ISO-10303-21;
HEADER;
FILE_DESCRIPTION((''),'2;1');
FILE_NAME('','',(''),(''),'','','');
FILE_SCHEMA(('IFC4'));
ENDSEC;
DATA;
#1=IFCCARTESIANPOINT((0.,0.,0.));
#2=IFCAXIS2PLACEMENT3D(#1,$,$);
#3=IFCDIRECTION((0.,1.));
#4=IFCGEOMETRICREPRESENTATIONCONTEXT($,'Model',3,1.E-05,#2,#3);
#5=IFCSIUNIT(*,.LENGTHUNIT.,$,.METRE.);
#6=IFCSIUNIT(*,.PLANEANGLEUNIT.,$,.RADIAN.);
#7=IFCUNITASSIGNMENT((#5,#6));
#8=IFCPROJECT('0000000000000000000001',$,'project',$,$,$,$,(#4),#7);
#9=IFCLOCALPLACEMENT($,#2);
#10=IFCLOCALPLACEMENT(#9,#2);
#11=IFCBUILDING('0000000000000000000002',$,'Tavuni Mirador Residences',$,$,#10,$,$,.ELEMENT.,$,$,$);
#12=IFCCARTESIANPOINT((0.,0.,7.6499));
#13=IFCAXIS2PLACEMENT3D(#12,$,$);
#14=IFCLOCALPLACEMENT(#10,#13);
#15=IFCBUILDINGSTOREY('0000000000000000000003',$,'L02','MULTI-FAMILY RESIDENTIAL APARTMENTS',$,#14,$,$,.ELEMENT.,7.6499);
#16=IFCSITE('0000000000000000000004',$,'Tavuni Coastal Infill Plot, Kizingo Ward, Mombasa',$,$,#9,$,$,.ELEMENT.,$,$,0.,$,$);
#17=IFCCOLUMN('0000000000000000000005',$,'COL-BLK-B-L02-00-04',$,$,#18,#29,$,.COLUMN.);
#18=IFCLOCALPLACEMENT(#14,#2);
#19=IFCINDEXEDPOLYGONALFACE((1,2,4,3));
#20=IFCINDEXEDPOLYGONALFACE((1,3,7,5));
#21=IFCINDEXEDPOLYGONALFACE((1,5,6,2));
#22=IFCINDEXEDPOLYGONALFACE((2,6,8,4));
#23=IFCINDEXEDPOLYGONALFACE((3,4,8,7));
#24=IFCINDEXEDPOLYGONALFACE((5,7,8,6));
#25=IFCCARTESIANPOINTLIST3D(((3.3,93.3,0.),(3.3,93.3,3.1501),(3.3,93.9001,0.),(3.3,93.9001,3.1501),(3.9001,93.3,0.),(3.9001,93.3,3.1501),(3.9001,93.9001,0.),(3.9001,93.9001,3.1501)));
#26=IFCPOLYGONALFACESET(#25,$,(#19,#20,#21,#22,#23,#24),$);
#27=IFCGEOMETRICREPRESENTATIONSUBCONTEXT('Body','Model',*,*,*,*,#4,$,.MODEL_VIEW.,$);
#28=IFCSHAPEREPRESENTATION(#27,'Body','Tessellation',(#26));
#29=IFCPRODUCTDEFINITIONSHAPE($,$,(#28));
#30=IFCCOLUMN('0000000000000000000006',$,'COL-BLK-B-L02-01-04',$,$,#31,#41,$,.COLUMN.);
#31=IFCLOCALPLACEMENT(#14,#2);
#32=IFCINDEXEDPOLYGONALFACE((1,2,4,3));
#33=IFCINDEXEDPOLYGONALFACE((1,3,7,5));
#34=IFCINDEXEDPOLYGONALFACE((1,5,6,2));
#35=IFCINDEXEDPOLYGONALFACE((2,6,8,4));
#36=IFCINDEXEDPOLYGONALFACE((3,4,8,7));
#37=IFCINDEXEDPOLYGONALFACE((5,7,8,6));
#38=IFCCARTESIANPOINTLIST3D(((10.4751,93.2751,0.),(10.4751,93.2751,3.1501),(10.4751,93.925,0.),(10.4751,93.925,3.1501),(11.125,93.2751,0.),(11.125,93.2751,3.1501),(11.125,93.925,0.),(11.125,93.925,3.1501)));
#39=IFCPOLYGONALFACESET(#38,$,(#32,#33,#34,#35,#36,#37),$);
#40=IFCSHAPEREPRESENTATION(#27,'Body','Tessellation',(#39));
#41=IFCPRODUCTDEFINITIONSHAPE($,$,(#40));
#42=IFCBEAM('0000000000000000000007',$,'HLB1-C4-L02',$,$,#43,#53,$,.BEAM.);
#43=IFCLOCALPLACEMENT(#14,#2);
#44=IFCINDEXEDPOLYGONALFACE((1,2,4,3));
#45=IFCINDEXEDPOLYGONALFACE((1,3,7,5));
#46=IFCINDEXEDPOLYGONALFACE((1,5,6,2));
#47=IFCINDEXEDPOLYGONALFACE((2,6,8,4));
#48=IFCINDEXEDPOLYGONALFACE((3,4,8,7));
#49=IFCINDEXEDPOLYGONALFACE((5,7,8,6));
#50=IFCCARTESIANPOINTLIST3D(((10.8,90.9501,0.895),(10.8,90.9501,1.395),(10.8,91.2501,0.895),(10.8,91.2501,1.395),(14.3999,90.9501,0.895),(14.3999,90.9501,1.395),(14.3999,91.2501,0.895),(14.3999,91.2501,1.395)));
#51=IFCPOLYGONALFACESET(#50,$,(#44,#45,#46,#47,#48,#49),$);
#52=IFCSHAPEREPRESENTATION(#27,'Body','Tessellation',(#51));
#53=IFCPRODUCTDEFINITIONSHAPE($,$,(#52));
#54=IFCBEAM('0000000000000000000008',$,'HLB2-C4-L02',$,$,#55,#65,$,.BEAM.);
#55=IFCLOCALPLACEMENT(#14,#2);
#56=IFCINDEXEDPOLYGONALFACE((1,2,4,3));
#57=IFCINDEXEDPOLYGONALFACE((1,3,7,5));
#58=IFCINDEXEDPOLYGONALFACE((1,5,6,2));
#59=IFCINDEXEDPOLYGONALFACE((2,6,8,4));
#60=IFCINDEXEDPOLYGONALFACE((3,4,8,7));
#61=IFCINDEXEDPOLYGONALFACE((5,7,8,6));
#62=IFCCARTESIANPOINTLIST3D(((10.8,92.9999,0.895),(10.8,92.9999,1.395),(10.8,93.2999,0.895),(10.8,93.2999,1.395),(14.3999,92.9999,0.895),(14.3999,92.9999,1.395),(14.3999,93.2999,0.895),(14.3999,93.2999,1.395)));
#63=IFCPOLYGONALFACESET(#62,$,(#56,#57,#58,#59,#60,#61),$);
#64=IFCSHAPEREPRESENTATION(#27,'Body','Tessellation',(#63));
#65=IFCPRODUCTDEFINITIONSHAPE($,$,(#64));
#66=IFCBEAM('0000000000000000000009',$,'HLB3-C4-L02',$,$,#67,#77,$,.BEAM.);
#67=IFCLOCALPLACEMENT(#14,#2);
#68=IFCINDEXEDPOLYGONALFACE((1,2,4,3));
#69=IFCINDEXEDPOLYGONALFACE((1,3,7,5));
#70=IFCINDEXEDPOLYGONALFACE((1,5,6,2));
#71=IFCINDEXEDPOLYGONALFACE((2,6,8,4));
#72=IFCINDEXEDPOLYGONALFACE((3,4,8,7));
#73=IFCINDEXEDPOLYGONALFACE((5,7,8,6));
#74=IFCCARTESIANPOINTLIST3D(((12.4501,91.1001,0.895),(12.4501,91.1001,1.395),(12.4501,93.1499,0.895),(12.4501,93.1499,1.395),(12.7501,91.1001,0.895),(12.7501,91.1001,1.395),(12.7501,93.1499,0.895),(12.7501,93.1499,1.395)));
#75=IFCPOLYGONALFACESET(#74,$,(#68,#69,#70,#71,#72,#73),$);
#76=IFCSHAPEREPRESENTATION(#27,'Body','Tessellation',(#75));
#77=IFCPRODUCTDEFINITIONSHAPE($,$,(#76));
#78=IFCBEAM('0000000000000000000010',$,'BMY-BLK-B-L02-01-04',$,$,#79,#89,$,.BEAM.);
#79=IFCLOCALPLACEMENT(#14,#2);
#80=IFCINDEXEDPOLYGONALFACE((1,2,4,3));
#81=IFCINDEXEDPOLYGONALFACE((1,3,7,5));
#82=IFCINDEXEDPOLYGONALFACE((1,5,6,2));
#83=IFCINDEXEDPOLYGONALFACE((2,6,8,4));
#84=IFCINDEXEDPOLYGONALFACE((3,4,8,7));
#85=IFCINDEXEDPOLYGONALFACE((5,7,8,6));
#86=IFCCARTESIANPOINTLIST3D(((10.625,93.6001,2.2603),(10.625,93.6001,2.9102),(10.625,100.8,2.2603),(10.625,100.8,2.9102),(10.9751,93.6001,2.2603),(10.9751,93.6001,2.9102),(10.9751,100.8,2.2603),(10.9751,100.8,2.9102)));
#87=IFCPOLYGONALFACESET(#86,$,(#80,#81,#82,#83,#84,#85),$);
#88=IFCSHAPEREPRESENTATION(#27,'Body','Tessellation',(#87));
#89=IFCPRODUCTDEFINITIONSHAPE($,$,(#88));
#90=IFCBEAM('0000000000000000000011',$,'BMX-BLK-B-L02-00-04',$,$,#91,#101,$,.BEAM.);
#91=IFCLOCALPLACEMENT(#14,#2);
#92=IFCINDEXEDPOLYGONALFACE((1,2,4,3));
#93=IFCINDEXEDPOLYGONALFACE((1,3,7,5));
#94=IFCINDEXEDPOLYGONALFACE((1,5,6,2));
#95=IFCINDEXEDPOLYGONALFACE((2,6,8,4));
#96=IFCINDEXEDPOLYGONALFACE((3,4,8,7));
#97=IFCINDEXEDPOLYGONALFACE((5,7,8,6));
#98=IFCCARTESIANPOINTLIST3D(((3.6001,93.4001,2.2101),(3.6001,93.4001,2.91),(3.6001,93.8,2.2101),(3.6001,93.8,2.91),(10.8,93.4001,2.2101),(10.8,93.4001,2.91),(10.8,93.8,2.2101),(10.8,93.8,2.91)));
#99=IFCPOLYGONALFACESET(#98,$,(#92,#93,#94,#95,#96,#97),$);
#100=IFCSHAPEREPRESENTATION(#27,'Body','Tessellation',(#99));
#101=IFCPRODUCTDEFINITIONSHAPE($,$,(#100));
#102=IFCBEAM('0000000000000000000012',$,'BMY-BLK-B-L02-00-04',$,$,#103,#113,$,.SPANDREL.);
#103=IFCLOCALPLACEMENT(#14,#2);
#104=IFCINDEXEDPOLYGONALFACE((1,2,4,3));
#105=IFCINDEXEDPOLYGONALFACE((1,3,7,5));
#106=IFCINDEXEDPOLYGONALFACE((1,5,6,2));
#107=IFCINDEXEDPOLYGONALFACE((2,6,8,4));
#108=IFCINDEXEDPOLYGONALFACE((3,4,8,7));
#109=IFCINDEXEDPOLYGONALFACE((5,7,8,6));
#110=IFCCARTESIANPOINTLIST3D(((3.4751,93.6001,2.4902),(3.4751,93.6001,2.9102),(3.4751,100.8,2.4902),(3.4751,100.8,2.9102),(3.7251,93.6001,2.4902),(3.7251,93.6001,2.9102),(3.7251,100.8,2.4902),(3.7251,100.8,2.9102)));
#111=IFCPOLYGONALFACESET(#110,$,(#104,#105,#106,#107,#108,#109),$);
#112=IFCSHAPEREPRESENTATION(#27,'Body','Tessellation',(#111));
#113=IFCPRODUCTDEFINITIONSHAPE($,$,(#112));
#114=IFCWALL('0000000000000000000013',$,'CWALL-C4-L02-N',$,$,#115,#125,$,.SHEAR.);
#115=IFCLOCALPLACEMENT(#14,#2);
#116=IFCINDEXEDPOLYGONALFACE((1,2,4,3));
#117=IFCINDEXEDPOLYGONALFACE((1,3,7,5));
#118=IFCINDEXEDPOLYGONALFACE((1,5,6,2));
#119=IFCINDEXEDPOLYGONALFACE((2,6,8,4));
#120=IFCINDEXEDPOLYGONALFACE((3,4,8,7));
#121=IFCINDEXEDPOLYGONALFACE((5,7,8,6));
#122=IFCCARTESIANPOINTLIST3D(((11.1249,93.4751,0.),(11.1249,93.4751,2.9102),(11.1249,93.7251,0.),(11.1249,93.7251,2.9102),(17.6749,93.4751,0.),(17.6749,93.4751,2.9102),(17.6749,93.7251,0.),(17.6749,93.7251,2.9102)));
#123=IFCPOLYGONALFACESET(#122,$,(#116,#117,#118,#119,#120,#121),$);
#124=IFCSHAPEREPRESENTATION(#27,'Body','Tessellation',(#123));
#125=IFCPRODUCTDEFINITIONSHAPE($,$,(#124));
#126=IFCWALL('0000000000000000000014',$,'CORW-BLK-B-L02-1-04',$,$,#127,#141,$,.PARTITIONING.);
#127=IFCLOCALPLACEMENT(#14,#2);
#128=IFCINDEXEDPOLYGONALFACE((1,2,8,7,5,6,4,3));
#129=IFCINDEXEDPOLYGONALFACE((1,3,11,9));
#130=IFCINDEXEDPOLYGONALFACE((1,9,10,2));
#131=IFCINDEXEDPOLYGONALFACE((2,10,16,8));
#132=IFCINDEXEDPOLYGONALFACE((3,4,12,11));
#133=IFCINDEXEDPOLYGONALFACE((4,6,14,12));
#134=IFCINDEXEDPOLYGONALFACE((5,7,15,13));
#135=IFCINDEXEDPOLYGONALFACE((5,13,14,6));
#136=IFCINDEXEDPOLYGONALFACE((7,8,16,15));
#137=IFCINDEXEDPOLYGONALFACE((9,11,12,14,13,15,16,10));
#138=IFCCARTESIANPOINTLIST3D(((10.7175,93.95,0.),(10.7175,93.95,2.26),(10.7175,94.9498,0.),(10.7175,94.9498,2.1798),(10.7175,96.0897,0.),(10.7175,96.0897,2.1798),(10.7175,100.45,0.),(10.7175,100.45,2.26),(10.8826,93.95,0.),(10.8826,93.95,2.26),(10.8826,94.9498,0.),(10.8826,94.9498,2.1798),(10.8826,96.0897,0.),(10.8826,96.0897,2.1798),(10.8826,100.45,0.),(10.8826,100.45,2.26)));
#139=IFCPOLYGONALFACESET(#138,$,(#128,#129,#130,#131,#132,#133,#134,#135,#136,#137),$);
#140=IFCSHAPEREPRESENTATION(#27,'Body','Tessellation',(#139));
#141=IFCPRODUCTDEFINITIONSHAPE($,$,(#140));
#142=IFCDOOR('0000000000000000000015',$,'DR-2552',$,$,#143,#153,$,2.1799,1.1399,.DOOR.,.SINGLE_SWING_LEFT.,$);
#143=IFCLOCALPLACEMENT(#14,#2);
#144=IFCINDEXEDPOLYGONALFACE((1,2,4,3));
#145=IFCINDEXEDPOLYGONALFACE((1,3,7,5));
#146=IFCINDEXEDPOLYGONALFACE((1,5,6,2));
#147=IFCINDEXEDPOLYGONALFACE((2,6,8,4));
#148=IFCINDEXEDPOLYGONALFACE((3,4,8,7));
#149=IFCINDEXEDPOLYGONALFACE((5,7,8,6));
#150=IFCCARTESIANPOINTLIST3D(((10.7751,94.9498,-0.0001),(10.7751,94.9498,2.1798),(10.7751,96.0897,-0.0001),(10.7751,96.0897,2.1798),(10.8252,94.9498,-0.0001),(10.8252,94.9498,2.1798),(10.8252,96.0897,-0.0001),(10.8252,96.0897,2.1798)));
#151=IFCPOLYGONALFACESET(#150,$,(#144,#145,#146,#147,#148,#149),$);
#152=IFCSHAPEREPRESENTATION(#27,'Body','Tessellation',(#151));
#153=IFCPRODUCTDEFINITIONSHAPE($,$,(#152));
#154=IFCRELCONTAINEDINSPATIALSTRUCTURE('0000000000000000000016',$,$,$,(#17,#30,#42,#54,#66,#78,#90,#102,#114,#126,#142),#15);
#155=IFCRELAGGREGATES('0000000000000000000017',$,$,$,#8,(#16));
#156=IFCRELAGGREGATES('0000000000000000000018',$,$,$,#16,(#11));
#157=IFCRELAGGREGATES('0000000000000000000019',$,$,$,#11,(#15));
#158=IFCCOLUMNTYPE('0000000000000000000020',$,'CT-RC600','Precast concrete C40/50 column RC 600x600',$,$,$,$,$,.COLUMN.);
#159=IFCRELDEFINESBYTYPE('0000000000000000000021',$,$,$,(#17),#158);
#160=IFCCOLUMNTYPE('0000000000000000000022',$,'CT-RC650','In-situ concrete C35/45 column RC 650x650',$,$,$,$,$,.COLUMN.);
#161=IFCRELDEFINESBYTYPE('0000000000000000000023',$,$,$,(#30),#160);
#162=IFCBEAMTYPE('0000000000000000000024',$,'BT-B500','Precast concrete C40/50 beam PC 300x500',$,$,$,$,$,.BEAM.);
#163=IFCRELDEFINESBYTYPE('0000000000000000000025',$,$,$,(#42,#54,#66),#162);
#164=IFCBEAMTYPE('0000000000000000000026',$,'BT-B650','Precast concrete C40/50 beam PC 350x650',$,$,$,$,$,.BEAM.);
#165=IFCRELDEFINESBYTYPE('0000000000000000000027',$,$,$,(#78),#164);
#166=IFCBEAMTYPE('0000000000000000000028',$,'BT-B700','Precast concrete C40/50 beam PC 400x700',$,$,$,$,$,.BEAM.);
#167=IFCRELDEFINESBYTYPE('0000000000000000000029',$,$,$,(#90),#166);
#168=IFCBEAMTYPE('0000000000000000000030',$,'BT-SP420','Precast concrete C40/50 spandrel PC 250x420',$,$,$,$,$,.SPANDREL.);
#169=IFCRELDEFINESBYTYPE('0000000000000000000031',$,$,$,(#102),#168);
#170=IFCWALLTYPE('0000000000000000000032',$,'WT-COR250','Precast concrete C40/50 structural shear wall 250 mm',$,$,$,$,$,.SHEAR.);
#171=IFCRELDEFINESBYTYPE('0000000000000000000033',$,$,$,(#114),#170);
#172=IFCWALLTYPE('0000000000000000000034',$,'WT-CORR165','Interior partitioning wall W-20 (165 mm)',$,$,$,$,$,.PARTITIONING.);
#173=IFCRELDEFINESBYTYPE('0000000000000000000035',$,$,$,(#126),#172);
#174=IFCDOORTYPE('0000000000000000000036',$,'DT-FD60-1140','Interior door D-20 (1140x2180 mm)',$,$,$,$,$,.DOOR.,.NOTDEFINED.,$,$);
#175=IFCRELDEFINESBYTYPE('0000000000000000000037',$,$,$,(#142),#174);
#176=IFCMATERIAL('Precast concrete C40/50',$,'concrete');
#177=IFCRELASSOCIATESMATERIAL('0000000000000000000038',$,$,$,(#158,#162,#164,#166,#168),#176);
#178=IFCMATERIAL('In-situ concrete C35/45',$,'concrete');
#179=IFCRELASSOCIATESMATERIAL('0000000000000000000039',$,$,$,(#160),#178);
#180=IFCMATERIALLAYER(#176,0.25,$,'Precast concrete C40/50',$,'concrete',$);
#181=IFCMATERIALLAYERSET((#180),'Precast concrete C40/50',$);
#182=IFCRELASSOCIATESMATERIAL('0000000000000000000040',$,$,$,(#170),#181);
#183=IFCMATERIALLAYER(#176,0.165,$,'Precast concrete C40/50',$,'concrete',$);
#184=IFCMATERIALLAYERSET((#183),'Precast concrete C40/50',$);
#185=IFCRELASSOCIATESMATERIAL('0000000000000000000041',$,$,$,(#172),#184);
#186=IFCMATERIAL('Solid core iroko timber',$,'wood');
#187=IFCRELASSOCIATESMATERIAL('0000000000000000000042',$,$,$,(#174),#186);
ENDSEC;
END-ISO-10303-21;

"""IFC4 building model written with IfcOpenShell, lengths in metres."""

from ifc_helpers import new_model, si_unit, direction, frame, frame_2d, origin, origin_2d, place, context, subcontext, project, spatial, rectangle, extrude, material, layer, layer_set, material_profile, profile_set, type_object, element, fill, save


model = new_model("IFC4")

# Units and contexts
model_context = context("Model", 3, precision=1e-05, world=origin(), true_north=direction((0.0, 1.0)))
body_context = subcontext(model_context, "Body", "Model", "MODEL_VIEW")
ifc_project = project(units=[si_unit("LENGTHUNIT", "METRE"), si_unit("PLANEANGLEUNIT", "RADIAN")], contexts=[model_context])

# Site, building, storey
site_placement = place(None, origin())
site = spatial("IfcSite", under=ifc_project, at=site_placement, Name="Tavuni Coastal Infill Plot, Kizingo Ward, Mombasa", CompositionType="ELEMENT", RefElevation=0.0)
building_placement = place(site_placement, origin())
building = spatial("IfcBuilding", under=site, at=building_placement, Name="Tavuni Mirador Residences", CompositionType="ELEMENT")
storey_placement = place(building_placement, frame((0.0, 0.0, 7.6499)))
storey = spatial("IfcBuildingStorey", under=building, at=storey_placement, Name="L02", Description="MULTI-FAMILY RESIDENTIAL APARTMENTS", CompositionType="ELEMENT", Elevation=7.6499)

# Columns
ifc_material_1 = material(Name="Precast concrete C40/50", Category="concrete")
ifc_material_profile_1 = material_profile(ifc_material_1, rectangle(XDim=0.6001, YDim=0.6001, at=origin_2d()), Name="RC 600x600", Category="concrete")
ifc_profile_set_1 = profile_set([ifc_material_profile_1], Name="Precast concrete C40/50")
column_type_1 = type_object("IfcColumnType", Name="CT-RC600", Description="Precast concrete C40/50 column RC 600x600", PredefinedType="COLUMN", material=ifc_profile_set_1)
column_1_placement = place(storey_placement, frame((3.6001, 93.6001, 0.0), z_axis=(0.0, 0.0, 1.0), x_axis=(1.0, 0.0, 0.0)))
element("IfcColumn", 1, at=column_1_placement, inside=storey, type_object=column_type_1, Name="COL-BLK-B-L02-00-04", PredefinedType="COLUMN", context=body_context, shape_type="SweptSolid", body=[
    extrude(rectangle(XDim=0.6001, YDim=0.6001, at=origin_2d()), origin(), (0.0, 0.0, 1.0), 3.1501),
])
ifc_material_2 = material(Name="In-situ concrete C35/45", Category="concrete")
ifc_material_profile_2 = material_profile(ifc_material_2, rectangle(XDim=0.6499, YDim=0.6499, at=origin_2d()), Name="RC 650x650", Category="concrete")
ifc_profile_set_2 = profile_set([ifc_material_profile_2], Name="In-situ concrete C35/45")
column_type_2 = type_object("IfcColumnType", Name="CT-RC650", Description="In-situ concrete C35/45 column RC 650x650", PredefinedType="COLUMN", material=ifc_profile_set_2)
column_2_placement = place(storey_placement, frame((10.8, 93.6001, 0.0), z_axis=(0.0, 0.0, 1.0), x_axis=(1.0, 0.0, 0.0)))
element("IfcColumn", 2, at=column_2_placement, inside=storey, type_object=column_type_2, Name="COL-BLK-B-L02-01-04", PredefinedType="COLUMN", context=body_context, shape_type="SweptSolid", body=[
    extrude(rectangle(XDim=0.6499, YDim=0.6499, at=origin_2d()), origin(), (0.0, 0.0, 1.0), 3.1501),
])

# Beams
ifc_material_profile_3 = material_profile(ifc_material_1, rectangle(XDim=0.3, YDim=0.5, at=origin_2d()), Name="PC 300x500", Category="concrete")
ifc_profile_set_3 = profile_set([ifc_material_profile_3], Name="Precast concrete C40/50")
beam_type_1 = type_object("IfcBeamType", Name="BT-B500", Description="Precast concrete C40/50 beam PC 300x500", PredefinedType="BEAM", material=ifc_profile_set_3)
for number, where, z_axis, x_axis, name in (
    (3, (10.8, 91.1001, 1.145), (1.0, 0.0, 0.0), (0.0, 1.0, 0.0), "HLB1-C4-L02"),
    (4, (10.8, 93.1499, 1.145), (1.0, 0.0, 0.0), (0.0, 1.0, 0.0), "HLB2-C4-L02"),
):
    element("IfcBeam", number, at=place(storey_placement, frame(where, z_axis=z_axis, x_axis=x_axis)), inside=storey, type_object=beam_type_1, Name=name, PredefinedType="BEAM", context=body_context, shape_type="SweptSolid", body=[
        extrude(rectangle(XDim=0.3, YDim=0.5, at=origin_2d()), origin(), (0.0, 0.0, 1.0), 3.5999),
    ])
beam_1_placement = place(storey_placement, frame((12.6001, 91.1001, 1.145), z_axis=(0.0, 1.0, 0.0), x_axis=(-1.0, 0.0, 0.0)))
element("IfcBeam", 5, at=beam_1_placement, inside=storey, type_object=beam_type_1, Name="HLB3-C4-L02", PredefinedType="BEAM", context=body_context, shape_type="SweptSolid", body=[
    extrude(rectangle(XDim=0.3, YDim=0.5, at=origin_2d()), origin(), (0.0, 0.0, 1.0), 2.0498),
])
ifc_material_profile_4 = material_profile(ifc_material_1, rectangle(XDim=0.3501, YDim=0.6499, at=origin_2d()), Name="PC 350x650", Category="concrete")
ifc_profile_set_4 = profile_set([ifc_material_profile_4], Name="Precast concrete C40/50")
beam_type_2 = type_object("IfcBeamType", Name="BT-B650", Description="Precast concrete C40/50 beam PC 350x650", PredefinedType="BEAM", material=ifc_profile_set_4)
beam_2_placement = place(storey_placement, frame((10.8, 93.6001, 2.5852), z_axis=(0.0, 1.0, 0.0), x_axis=(-1.0, 0.0, 0.0)))
element("IfcBeam", 6, at=beam_2_placement, inside=storey, type_object=beam_type_2, Name="BMY-BLK-B-L02-01-04", PredefinedType="BEAM", context=body_context, shape_type="SweptSolid", body=[
    extrude(rectangle(XDim=0.3501, YDim=0.6499, at=origin_2d()), origin(), (0.0, 0.0, 1.0), 7.2),
])
ifc_material_profile_5 = material_profile(ifc_material_1, rectangle(XDim=0.3999, YDim=0.7, at=origin_2d()), Name="PC 400x700", Category="concrete")
ifc_profile_set_5 = profile_set([ifc_material_profile_5], Name="Precast concrete C40/50")
beam_type_3 = type_object("IfcBeamType", Name="BT-B700", Description="Precast concrete C40/50 beam PC 400x700", PredefinedType="BEAM", material=ifc_profile_set_5)
beam_3_placement = place(storey_placement, frame((3.6001, 93.6001, 2.5601), z_axis=(1.0, 0.0, 0.0), x_axis=(0.0, 1.0, 0.0)))
element("IfcBeam", 7, at=beam_3_placement, inside=storey, type_object=beam_type_3, Name="BMX-BLK-B-L02-00-04", PredefinedType="BEAM", context=body_context, shape_type="SweptSolid", body=[
    extrude(rectangle(XDim=0.3999, YDim=0.7, at=origin_2d()), origin(), (0.0, 0.0, 1.0), 7.2),
])
ifc_material_profile_6 = material_profile(ifc_material_1, rectangle(XDim=0.25, YDim=0.4199, at=origin_2d()), Name="PC 250x420", Category="concrete")
ifc_profile_set_6 = profile_set([ifc_material_profile_6], Name="Precast concrete C40/50")
beam_type_4 = type_object("IfcBeamType", Name="BT-SP420", Description="Precast concrete C40/50 spandrel PC 250x420", PredefinedType="SPANDREL", material=ifc_profile_set_6)
beam_4_placement = place(storey_placement, frame((3.6001, 93.6001, 2.7002), z_axis=(0.0, 1.0, 0.0), x_axis=(-1.0, 0.0, 0.0)))
element("IfcBeam", 8, at=beam_4_placement, inside=storey, type_object=beam_type_4, Name="BMY-BLK-B-L02-00-04", PredefinedType="SPANDREL", context=body_context, shape_type="SweptSolid", body=[
    extrude(rectangle(XDim=0.25, YDim=0.4199, at=origin_2d()), origin(), (0.0, 0.0, 1.0), 7.2),
])

# Wall
ifc_layer_1 = layer(ifc_material_1, 0.25, Name="Precast concrete C40/50", Category="concrete")
ifc_layer_set_1 = layer_set([ifc_layer_1], Name="Precast concrete C40/50")
wall_type_1 = type_object("IfcWallType", Name="WT-COR250", Description="Precast concrete C40/50 structural shear wall 250 mm", PredefinedType="SHEAR", material=ifc_layer_set_1)
wall_1_placement = place(storey_placement, frame((11.125, 93.6001, 0.0), z_axis=(0.0, 0.0, 1.0), x_axis=(1.0, 0.0, 0.0)))
element("IfcWall", 9, at=wall_1_placement, inside=storey, type_object=wall_type_1, Name="CWALL-C4-L02-N", PredefinedType="SHEAR", context=body_context, shape_type="SweptSolid", body=[
    extrude(rectangle(XDim=6.55, YDim=0.25, at=frame_2d((3.2749, 0.0))), origin(), (0.0, 0.0, 1.0), 2.9102),
])

# Wall, opening, door
ifc_layer_2 = layer(ifc_material_1, 0.165, Name="Precast concrete C40/50", Category="concrete")
ifc_layer_set_2 = layer_set([ifc_layer_2], Name="Precast concrete C40/50")
wall_type_2 = type_object("IfcWallType", Name="WT-CORR165", Description="Interior partitioning wall W-20 (165 mm)", PredefinedType="PARTITIONING", material=ifc_layer_set_2)
wall_2_placement = place(storey_placement, frame((10.8, 93.95, 0.0), z_axis=(0.0, 0.0, 1.0), x_axis=(0.0, 1.0, 0.0)))
wall_2 = element("IfcWall", 10, at=wall_2_placement, inside=storey, type_object=wall_type_2, Name="CORW-BLK-B-L02-1-04", PredefinedType="PARTITIONING", context=body_context, shape_type="SweptSolid", body=[
    extrude(rectangle(XDim=6.5, YDim=0.165, at=frame_2d((3.25, 0.0))), origin(), (0.0, 0.0, 1.0), 2.26),
])
opening_1_placement = place(wall_2_placement, frame((1.0, 0.0, 0.0)))
opening_1 = element("IfcOpeningElement", 11, at=opening_1_placement, cuts=wall_2, PredefinedType="OPENING", context=body_context, shape_type="SweptSolid", body=[
    extrude(rectangle(XDim=1.1399, YDim=2.1799, at=frame_2d((0.5698, 1.0898))), frame((0.0, 0.0925, 0.0), z_axis=(0.0, -1.0, 0.0), x_axis=(1.0, 0.0, 0.0)), (0.0, 0.0, 1.0), 0.1851),
])
ifc_material_3 = material(Name="Solid core iroko timber", Category="wood")
door_type_1 = type_object("IfcDoorType", Name="DT-FD60-1140", Description="Interior door D-20 (1140x2180 mm)", OperationType="NOTDEFINED", PredefinedType="DOOR", material=ifc_material_3)
door_1_placement = place(opening_1_placement, origin())
door_1 = element("IfcDoor", 12, at=door_1_placement, inside=storey, type_object=door_type_1, Name="DR-2552", OperationType="SINGLE_SWING_LEFT", OverallHeight=2.1799, OverallWidth=1.1399, PredefinedType="DOOR", context=body_context, shape_type="SweptSolid", body=[
    extrude(rectangle(XDim=1.1399, YDim=2.1799, at=frame_2d((0.5698, 1.0898))), frame((0.0, 0.0249, 0.0), z_axis=(0.0, -1.0, 0.0), x_axis=(1.0, 0.0, 0.0)), (0.0, 0.0, 1.0), 0.05),
])
fill(opening_1, door_1)

save(model, "model.ifc")
